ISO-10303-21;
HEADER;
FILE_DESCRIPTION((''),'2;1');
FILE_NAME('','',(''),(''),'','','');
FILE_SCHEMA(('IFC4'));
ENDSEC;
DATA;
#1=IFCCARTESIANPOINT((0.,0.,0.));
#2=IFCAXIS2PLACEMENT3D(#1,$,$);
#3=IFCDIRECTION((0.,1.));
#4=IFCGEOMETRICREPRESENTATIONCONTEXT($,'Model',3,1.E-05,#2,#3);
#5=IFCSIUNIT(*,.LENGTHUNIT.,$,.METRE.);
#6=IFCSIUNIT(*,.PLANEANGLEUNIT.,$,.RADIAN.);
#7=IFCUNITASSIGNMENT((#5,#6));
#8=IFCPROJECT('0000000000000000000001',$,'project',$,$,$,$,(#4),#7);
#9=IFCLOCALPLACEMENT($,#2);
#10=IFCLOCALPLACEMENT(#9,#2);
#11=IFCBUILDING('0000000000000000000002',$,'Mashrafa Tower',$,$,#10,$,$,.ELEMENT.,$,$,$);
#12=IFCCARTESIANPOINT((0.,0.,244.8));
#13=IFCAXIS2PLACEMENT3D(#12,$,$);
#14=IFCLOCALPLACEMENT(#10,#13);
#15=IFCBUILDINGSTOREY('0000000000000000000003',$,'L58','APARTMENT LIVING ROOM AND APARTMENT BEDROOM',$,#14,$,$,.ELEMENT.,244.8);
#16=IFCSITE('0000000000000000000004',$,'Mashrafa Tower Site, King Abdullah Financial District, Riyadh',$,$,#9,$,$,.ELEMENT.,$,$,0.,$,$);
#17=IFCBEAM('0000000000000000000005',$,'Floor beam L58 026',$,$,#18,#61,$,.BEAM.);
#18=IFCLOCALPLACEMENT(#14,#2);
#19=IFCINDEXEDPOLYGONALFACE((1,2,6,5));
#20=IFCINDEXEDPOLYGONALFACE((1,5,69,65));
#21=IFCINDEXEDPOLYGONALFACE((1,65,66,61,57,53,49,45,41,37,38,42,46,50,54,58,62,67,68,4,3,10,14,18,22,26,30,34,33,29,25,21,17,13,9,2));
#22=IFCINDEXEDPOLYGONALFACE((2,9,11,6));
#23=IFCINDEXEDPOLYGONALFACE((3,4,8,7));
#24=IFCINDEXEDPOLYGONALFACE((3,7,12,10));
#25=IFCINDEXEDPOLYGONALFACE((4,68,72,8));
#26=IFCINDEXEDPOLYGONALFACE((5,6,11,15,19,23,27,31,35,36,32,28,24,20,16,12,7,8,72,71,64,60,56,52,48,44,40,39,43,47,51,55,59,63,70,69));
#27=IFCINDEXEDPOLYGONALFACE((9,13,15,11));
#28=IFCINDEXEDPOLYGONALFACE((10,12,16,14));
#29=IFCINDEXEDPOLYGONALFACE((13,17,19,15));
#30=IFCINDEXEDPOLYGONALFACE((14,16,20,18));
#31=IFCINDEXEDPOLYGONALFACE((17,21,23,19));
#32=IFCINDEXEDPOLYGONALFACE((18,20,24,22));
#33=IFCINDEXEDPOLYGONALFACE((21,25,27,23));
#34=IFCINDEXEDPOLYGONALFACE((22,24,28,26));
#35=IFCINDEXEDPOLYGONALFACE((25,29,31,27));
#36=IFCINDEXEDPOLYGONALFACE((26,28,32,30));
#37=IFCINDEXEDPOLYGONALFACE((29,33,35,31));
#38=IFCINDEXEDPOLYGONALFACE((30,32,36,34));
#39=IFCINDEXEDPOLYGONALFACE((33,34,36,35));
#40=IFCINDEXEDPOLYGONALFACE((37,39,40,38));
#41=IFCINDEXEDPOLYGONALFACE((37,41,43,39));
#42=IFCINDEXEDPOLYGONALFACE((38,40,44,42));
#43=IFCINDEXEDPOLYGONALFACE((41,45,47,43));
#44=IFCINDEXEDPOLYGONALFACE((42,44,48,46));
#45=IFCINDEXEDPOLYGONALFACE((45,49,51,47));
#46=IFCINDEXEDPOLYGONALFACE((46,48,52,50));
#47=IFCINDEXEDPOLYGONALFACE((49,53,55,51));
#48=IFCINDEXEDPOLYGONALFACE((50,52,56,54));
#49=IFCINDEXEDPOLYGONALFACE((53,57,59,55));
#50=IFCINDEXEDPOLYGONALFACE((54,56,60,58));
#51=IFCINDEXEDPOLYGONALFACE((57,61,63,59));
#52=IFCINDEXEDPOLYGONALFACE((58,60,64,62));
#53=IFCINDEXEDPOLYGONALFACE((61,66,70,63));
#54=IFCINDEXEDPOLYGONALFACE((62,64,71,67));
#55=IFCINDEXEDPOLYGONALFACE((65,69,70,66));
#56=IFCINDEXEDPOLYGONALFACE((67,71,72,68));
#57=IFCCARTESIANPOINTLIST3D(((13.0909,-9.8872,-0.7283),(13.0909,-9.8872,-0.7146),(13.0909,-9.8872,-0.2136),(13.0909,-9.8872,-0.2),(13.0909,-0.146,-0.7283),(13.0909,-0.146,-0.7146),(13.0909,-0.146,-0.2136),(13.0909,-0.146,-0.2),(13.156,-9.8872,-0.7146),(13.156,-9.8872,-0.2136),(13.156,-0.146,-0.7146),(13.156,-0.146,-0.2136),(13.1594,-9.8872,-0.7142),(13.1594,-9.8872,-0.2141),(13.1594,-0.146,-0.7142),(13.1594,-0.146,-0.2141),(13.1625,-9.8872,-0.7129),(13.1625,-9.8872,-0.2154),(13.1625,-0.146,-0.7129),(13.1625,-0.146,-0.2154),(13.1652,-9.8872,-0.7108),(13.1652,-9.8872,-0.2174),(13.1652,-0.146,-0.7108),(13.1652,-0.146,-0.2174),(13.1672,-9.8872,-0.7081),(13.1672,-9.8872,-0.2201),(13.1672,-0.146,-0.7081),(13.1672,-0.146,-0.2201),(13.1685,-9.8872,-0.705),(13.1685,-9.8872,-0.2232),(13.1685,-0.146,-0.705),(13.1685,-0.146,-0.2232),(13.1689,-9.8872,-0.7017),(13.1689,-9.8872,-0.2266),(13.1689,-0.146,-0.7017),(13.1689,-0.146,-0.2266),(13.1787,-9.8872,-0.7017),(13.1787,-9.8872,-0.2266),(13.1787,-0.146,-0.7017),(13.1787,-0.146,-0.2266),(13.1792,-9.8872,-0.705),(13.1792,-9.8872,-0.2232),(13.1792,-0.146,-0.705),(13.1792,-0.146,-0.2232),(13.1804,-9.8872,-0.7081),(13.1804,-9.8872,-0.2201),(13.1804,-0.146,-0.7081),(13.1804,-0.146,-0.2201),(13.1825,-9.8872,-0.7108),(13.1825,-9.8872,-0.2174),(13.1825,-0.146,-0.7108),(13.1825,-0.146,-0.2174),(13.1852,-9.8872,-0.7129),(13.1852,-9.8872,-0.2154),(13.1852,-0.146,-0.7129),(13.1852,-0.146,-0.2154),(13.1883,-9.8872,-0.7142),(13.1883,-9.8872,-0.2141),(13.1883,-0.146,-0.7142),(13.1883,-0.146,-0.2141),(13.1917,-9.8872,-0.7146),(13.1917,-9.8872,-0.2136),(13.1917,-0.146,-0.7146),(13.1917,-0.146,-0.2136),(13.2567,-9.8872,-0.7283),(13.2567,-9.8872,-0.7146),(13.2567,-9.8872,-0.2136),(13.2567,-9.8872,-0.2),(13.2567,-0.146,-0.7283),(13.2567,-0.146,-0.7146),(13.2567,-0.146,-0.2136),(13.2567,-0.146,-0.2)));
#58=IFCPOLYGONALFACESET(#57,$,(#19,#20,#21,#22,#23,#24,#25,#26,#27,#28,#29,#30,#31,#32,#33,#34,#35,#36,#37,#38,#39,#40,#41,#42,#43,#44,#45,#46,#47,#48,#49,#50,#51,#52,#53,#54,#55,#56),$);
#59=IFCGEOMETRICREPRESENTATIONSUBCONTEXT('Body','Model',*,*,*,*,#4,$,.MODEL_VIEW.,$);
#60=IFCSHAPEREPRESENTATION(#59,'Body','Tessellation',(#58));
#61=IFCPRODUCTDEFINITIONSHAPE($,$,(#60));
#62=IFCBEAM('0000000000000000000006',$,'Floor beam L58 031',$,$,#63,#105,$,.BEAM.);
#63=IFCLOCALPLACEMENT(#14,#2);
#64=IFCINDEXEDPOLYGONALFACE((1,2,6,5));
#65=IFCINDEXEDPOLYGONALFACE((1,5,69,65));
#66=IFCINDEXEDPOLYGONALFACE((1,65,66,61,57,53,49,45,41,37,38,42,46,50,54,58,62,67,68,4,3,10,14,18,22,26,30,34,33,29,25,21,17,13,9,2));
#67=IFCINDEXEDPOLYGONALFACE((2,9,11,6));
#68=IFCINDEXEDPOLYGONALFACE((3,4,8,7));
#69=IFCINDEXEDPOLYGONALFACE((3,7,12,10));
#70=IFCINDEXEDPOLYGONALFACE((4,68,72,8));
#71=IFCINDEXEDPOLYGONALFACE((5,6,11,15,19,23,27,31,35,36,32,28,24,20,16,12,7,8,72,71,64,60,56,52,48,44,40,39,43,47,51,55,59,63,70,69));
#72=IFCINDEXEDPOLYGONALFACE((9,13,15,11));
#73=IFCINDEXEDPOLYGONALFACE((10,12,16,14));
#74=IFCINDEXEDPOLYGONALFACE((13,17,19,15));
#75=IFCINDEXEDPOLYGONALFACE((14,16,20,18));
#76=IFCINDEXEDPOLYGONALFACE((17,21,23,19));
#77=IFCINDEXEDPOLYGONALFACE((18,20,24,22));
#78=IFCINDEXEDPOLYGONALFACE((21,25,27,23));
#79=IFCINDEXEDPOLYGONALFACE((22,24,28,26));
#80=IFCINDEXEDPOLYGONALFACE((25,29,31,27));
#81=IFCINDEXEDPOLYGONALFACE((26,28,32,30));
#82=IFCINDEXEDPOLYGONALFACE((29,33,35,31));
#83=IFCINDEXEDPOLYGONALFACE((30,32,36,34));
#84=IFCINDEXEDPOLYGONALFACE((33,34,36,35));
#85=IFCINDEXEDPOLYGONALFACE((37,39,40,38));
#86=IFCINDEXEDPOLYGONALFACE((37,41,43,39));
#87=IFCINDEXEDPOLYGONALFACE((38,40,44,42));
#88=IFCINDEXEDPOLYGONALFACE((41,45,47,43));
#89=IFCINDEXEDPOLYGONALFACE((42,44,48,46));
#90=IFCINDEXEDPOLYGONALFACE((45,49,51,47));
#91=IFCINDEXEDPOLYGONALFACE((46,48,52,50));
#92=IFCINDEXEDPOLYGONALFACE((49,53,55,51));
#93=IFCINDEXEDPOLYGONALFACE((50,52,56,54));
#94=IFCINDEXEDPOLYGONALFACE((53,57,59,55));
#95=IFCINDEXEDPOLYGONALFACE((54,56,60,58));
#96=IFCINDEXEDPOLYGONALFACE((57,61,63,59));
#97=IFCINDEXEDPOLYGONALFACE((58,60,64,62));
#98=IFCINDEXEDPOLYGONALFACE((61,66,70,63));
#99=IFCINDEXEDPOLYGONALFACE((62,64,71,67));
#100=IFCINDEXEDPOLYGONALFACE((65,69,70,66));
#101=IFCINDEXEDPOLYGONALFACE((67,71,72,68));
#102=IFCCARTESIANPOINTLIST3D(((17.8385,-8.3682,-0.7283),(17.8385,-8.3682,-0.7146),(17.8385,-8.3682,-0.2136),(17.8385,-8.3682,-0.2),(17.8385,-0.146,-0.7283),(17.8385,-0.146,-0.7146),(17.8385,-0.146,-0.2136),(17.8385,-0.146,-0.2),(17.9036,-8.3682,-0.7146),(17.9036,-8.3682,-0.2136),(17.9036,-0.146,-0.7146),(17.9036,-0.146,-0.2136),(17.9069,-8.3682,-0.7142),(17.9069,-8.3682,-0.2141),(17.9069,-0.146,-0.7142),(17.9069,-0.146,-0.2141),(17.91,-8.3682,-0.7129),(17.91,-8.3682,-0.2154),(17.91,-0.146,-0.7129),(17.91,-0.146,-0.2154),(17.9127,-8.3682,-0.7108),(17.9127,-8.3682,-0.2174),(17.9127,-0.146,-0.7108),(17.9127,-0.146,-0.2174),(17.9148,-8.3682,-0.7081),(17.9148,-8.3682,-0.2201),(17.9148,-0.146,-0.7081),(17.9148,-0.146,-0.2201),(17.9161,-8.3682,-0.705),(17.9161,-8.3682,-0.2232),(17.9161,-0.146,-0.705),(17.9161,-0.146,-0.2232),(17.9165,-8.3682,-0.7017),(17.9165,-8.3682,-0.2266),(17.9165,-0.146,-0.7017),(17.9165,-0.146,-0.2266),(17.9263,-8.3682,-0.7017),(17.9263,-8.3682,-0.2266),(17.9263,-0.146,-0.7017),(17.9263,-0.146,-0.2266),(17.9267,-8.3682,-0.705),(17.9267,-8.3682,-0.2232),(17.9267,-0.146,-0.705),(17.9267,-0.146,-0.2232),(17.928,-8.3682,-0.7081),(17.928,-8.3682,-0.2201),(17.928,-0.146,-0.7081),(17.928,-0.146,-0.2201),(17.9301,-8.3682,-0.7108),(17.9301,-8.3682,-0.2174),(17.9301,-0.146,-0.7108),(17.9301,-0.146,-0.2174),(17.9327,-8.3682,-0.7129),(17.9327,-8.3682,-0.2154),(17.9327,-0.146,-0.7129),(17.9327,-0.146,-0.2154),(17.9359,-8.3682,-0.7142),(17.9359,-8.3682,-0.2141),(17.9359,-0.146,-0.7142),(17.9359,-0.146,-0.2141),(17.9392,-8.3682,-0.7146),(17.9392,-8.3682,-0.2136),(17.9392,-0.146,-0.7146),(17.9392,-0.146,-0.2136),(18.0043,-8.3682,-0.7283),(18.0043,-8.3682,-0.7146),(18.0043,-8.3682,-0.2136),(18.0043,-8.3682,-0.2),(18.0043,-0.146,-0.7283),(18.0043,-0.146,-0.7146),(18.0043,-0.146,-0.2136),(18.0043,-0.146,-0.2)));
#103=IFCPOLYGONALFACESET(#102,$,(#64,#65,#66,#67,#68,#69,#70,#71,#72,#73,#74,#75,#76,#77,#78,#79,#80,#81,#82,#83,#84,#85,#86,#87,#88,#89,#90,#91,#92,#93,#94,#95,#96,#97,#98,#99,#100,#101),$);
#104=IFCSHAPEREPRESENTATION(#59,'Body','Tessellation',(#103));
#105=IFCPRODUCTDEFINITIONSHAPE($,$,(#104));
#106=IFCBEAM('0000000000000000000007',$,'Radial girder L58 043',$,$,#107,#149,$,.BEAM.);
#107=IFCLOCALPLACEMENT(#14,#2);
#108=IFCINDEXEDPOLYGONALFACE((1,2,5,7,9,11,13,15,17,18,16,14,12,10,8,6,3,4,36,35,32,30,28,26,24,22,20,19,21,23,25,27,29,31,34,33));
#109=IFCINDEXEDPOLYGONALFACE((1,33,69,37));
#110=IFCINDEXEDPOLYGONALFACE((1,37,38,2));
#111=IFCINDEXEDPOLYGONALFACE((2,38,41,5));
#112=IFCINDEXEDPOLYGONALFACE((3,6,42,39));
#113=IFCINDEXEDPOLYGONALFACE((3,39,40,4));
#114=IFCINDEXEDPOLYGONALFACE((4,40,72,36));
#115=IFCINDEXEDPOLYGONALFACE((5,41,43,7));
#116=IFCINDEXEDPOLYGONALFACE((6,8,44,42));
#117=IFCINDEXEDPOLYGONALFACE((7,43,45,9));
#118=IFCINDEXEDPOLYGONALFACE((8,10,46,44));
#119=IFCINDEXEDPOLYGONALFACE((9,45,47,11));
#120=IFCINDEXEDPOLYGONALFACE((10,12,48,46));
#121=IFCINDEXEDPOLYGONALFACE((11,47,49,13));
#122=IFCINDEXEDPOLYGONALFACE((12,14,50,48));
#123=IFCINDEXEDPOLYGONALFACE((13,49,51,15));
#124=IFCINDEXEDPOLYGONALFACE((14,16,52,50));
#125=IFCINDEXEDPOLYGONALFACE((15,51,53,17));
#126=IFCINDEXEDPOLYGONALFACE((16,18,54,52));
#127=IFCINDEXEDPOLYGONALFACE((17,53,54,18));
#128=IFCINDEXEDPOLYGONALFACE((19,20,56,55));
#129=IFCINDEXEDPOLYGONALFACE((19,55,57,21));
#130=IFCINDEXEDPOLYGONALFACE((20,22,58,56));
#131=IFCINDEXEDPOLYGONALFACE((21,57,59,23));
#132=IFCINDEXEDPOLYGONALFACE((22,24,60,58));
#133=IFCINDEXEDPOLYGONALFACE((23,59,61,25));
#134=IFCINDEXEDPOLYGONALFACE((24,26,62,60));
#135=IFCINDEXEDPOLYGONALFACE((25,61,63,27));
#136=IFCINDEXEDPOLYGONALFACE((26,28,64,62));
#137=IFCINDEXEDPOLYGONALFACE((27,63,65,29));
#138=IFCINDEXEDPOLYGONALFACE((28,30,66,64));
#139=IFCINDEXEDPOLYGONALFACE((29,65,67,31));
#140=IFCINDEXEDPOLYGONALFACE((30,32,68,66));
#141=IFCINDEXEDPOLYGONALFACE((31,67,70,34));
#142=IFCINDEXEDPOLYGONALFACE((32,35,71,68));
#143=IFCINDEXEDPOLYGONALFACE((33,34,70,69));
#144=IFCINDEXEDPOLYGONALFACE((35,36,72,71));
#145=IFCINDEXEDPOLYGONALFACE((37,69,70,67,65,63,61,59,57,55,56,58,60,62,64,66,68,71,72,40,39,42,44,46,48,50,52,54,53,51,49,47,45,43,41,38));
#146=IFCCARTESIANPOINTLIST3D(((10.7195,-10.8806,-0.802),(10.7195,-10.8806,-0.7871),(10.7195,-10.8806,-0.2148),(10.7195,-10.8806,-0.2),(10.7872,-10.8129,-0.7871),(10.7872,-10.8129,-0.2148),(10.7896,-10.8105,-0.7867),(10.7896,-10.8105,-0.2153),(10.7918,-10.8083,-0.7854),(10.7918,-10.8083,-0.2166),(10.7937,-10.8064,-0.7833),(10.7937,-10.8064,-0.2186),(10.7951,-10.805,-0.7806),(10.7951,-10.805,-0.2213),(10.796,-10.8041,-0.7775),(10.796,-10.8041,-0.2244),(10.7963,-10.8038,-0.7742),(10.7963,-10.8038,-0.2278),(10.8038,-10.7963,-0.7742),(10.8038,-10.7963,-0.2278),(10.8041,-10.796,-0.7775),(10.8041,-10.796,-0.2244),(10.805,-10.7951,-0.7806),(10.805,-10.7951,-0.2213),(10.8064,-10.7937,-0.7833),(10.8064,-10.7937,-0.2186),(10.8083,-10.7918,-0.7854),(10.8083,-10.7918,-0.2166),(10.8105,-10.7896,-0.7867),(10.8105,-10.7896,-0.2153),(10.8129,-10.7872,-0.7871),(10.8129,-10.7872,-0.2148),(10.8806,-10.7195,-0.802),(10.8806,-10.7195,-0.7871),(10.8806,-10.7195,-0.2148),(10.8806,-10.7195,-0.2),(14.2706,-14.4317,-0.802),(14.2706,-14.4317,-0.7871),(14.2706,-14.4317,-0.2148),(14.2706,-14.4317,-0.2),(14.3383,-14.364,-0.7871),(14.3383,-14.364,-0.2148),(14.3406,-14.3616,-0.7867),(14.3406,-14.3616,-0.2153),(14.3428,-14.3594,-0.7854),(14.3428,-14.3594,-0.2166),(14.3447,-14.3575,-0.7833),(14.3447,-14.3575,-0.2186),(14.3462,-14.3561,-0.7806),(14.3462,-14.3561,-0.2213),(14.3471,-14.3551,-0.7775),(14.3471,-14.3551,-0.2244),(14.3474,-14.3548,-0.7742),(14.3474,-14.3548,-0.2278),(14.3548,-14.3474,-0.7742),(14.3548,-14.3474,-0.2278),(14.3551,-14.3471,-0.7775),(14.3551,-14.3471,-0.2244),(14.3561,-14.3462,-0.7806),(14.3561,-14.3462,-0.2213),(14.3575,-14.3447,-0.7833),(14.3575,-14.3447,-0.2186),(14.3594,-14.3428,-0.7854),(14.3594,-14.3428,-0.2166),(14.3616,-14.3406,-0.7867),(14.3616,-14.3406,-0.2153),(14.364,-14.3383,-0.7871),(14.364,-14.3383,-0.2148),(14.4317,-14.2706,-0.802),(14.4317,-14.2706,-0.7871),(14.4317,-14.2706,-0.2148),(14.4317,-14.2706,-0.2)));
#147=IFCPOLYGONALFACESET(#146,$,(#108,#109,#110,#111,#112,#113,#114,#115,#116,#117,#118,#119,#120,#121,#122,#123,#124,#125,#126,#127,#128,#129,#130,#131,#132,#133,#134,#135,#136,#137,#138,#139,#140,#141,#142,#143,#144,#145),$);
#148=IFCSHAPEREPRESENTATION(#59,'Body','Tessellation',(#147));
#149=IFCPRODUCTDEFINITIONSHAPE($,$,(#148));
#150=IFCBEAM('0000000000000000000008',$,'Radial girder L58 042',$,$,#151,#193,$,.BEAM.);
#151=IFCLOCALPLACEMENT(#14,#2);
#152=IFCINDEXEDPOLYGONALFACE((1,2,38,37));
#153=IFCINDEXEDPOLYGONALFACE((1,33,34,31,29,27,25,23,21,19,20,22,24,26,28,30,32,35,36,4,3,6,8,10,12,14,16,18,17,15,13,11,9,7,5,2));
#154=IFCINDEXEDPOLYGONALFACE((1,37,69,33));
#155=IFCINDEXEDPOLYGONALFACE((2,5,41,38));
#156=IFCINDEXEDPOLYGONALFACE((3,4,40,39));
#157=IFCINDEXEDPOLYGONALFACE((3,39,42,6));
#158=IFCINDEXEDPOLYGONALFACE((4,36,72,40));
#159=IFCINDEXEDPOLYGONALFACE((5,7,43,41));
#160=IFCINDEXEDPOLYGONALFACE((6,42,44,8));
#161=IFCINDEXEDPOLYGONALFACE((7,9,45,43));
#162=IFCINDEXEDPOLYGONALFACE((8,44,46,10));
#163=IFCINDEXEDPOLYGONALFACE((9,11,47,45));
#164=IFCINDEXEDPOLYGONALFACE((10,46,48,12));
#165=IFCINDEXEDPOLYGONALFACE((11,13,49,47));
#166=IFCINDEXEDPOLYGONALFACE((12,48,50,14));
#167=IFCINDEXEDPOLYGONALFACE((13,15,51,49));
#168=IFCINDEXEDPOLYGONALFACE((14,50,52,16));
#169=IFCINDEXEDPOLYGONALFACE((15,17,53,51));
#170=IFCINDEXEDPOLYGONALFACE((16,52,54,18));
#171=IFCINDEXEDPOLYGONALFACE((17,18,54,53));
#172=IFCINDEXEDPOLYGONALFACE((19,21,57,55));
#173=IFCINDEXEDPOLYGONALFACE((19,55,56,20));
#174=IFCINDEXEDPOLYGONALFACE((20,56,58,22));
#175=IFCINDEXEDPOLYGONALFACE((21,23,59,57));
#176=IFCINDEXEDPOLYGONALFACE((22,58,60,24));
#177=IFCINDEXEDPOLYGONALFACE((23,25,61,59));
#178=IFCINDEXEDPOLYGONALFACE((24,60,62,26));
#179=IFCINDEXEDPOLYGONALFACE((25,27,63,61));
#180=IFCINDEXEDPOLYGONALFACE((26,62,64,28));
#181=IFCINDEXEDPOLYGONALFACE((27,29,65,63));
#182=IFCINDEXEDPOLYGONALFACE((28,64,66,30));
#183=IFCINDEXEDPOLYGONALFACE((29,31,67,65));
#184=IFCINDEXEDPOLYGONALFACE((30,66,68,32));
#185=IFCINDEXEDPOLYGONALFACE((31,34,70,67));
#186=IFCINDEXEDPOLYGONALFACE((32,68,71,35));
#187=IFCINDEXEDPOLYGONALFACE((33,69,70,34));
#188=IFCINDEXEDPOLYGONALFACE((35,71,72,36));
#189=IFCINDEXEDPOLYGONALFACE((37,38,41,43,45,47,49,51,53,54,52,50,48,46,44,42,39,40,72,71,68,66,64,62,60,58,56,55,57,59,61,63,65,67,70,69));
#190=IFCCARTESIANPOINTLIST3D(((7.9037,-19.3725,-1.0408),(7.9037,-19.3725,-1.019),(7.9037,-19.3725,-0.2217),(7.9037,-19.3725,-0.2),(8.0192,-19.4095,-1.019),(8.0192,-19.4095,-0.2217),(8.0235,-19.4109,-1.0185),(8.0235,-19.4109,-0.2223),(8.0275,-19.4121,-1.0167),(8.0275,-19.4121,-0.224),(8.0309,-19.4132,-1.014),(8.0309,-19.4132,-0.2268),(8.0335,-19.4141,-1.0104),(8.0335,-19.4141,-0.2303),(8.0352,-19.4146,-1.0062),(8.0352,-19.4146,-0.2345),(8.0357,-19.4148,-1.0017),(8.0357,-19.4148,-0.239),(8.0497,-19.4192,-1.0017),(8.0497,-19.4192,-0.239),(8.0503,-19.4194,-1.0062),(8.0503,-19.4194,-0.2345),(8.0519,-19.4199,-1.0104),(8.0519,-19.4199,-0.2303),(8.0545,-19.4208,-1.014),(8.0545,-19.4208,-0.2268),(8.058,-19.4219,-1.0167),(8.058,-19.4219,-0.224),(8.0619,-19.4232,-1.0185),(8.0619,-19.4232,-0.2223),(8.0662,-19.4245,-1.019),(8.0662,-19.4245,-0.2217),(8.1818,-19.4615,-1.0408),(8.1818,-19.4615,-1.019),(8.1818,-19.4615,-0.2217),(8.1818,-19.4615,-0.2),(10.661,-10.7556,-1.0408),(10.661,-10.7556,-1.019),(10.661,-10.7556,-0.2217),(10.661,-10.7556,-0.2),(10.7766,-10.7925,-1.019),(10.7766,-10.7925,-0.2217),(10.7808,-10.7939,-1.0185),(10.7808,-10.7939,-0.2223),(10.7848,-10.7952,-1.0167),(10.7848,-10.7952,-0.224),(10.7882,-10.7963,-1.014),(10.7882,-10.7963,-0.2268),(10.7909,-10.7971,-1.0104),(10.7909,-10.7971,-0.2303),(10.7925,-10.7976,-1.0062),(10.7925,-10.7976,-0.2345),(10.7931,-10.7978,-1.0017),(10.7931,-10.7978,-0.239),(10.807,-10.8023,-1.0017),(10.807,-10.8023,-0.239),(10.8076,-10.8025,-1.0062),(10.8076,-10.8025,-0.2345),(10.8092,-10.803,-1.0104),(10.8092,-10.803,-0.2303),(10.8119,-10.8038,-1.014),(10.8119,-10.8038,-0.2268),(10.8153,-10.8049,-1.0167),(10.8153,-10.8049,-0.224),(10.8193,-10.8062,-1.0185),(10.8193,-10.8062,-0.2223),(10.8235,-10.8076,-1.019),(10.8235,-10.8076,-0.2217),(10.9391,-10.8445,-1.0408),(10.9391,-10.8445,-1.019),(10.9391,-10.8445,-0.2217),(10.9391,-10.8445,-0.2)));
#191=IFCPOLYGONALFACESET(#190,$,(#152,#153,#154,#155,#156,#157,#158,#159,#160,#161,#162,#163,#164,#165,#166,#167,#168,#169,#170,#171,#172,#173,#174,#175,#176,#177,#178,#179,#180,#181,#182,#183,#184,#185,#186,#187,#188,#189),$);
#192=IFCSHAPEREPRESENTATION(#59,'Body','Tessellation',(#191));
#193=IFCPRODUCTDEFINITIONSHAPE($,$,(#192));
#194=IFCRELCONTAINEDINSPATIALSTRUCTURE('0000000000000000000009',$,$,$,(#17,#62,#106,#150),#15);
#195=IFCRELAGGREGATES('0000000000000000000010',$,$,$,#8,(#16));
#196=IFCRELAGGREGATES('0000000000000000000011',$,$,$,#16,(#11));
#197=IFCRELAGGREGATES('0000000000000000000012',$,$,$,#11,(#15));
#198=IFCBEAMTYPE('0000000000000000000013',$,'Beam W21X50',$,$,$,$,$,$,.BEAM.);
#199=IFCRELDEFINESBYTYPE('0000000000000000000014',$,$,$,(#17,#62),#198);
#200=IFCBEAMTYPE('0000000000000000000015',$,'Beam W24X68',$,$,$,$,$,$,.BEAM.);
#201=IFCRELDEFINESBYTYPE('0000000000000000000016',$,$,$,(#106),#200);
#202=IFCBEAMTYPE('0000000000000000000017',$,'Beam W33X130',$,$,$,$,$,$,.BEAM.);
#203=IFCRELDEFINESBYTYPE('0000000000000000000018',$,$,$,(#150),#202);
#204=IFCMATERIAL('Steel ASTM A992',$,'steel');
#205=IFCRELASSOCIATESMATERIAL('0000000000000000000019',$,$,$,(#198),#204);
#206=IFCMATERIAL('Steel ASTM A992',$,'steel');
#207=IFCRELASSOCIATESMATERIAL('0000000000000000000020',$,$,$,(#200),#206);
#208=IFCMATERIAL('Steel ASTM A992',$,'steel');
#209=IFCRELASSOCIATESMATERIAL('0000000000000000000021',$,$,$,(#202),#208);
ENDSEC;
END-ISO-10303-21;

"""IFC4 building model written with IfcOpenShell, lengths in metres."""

from ifc_helpers import new_model, si_unit, direction, frame, origin, origin_2d, place, context, subcontext, project, spatial, i_section, extrude, material, material_profile, profile_set, type_object, element, save


model = new_model("IFC4")

# Units and contexts
model_context = context("Model", 3, precision=1e-05, world=origin(), true_north=direction((0.0, 1.0)))
body_context = subcontext(model_context, "Body", "Model", "MODEL_VIEW")
ifc_project = project(units=[si_unit("LENGTHUNIT", "METRE"), si_unit("PLANEANGLEUNIT", "RADIAN")], contexts=[model_context])

# Site, building, storey
site_placement = place(None, origin())
site = spatial("IfcSite", under=ifc_project, at=site_placement, Name="Mashrafa Tower Site, King Abdullah Financial District, Riyadh", CompositionType="ELEMENT", RefElevation=0.0)
building_placement = place(site_placement, origin())
building = spatial("IfcBuilding", under=site, at=building_placement, Name="Mashrafa Tower", CompositionType="ELEMENT")
storey_placement = place(building_placement, frame((0.0, 0.0, 244.8)))
storey = spatial("IfcBuildingStorey", under=building, at=storey_placement, Name="L58", Description="APARTMENT LIVING ROOM AND APARTMENT BEDROOM", CompositionType="ELEMENT", Elevation=244.8)

# Beams
ifc_material_1 = material(Name="Steel ASTM A992", Category="steel")
ifc_material_profile_1 = material_profile(ifc_material_1, i_section(OverallWidth=0.1658, OverallDepth=0.5283, WebThickness=0.0098, FlangeThickness=0.0137, FilletRadius=0.0129, at=origin_2d()), Name="W21X50")
ifc_profile_set_1 = profile_set([ifc_material_profile_1], Name="Steel ASTM A992")
beam_type_1 = type_object("IfcBeamType", Name="Beam W21X50", PredefinedType="BEAM", material=ifc_profile_set_1)
beam_1_placement = place(storey_placement, frame((13.1738, -0.146, -0.4641), z_axis=(0.0, -1.0, 0.0), x_axis=(1.0, 0.0, 0.0)))
element("IfcBeam", 1, at=beam_1_placement, inside=storey, type_object=beam_type_1, Name="Floor beam L58 026", PredefinedType="BEAM", context=body_context, shape_type="SweptSolid", body=[
    extrude(i_section(OverallWidth=0.1658, OverallDepth=0.5283, WebThickness=0.0098, FlangeThickness=0.0137, FilletRadius=0.0129, at=origin_2d()), origin(), (0.0, 0.0, 1.0), 9.7412),
])
beam_2_placement = place(storey_placement, frame((17.9214, -0.146, -0.4641), z_axis=(0.0, -1.0, 0.0), x_axis=(1.0, 0.0, 0.0)))
element("IfcBeam", 2, at=beam_2_placement, inside=storey, type_object=beam_type_1, Name="Floor beam L58 031", PredefinedType="BEAM", context=body_context, shape_type="SweptSolid", body=[
    extrude(i_section(OverallWidth=0.1658, OverallDepth=0.5283, WebThickness=0.0098, FlangeThickness=0.0137, FilletRadius=0.0129, at=origin_2d()), origin(), (0.0, 0.0, 1.0), 8.2222),
])
ifc_material_2 = material(Name="Steel ASTM A992", Category="steel")
ifc_material_profile_2 = material_profile(ifc_material_2, i_section(OverallWidth=0.2278, OverallDepth=0.6021, WebThickness=0.0105, FlangeThickness=0.0149, FilletRadius=0.0129, at=origin_2d()), Name="W24X68")
ifc_profile_set_2 = profile_set([ifc_material_profile_2], Name="Steel ASTM A992")
beam_type_2 = type_object("IfcBeamType", Name="Beam W24X68", PredefinedType="BEAM", material=ifc_profile_set_2)
beam_3_placement = place(storey_placement, frame((10.8, -10.8, -0.501), z_axis=(0.707107, -0.707107, 0.0), x_axis=(0.707107, 0.707107, 0.0)))
element("IfcBeam", 3, at=beam_3_placement, inside=storey, type_object=beam_type_2, Name="Radial girder L58 043", PredefinedType="BEAM", context=body_context, shape_type="SweptSolid", body=[
    extrude(i_section(OverallWidth=0.2278, OverallDepth=0.6021, WebThickness=0.0105, FlangeThickness=0.0149, FilletRadius=0.0129, at=origin_2d()), origin(), (0.0, 0.0, 1.0), 5.022),
])
ifc_material_3 = material(Name="Steel ASTM A992", Category="steel")
ifc_material_profile_3 = material_profile(ifc_material_3, i_section(OverallWidth=0.292, OverallDepth=0.8408, WebThickness=0.0146, FlangeThickness=0.0217, FilletRadius=0.0173, at=origin_2d()), Name="W33X130")
ifc_profile_set_3 = profile_set([ifc_material_profile_3], Name="Steel ASTM A992")
beam_type_3 = type_object("IfcBeamType", Name="Beam W33X130", PredefinedType="BEAM", material=ifc_profile_set_3)
for number, where, z_axis, x_axis, name in (
    (4, (10.8, -10.8, -0.6204), (-0.304766, -0.952427, 0.0), (0.952427, -0.304766, 0.0), "Radial girder L58 042"),
):
    element("IfcBeam", number, at=place(storey_placement, frame(where, z_axis=z_axis, x_axis=x_axis)), inside=storey, type_object=beam_type_3, Name=name, PredefinedType="BEAM", context=body_context, shape_type="SweptSolid", body=[
        extrude(i_section(OverallWidth=0.292, OverallDepth=0.8408, WebThickness=0.0146, FlangeThickness=0.0217, FilletRadius=0.0173, at=origin_2d()), origin(), (0.0, 0.0, 1.0), 9.0474),
    ])

save(model, "model.ifc")
